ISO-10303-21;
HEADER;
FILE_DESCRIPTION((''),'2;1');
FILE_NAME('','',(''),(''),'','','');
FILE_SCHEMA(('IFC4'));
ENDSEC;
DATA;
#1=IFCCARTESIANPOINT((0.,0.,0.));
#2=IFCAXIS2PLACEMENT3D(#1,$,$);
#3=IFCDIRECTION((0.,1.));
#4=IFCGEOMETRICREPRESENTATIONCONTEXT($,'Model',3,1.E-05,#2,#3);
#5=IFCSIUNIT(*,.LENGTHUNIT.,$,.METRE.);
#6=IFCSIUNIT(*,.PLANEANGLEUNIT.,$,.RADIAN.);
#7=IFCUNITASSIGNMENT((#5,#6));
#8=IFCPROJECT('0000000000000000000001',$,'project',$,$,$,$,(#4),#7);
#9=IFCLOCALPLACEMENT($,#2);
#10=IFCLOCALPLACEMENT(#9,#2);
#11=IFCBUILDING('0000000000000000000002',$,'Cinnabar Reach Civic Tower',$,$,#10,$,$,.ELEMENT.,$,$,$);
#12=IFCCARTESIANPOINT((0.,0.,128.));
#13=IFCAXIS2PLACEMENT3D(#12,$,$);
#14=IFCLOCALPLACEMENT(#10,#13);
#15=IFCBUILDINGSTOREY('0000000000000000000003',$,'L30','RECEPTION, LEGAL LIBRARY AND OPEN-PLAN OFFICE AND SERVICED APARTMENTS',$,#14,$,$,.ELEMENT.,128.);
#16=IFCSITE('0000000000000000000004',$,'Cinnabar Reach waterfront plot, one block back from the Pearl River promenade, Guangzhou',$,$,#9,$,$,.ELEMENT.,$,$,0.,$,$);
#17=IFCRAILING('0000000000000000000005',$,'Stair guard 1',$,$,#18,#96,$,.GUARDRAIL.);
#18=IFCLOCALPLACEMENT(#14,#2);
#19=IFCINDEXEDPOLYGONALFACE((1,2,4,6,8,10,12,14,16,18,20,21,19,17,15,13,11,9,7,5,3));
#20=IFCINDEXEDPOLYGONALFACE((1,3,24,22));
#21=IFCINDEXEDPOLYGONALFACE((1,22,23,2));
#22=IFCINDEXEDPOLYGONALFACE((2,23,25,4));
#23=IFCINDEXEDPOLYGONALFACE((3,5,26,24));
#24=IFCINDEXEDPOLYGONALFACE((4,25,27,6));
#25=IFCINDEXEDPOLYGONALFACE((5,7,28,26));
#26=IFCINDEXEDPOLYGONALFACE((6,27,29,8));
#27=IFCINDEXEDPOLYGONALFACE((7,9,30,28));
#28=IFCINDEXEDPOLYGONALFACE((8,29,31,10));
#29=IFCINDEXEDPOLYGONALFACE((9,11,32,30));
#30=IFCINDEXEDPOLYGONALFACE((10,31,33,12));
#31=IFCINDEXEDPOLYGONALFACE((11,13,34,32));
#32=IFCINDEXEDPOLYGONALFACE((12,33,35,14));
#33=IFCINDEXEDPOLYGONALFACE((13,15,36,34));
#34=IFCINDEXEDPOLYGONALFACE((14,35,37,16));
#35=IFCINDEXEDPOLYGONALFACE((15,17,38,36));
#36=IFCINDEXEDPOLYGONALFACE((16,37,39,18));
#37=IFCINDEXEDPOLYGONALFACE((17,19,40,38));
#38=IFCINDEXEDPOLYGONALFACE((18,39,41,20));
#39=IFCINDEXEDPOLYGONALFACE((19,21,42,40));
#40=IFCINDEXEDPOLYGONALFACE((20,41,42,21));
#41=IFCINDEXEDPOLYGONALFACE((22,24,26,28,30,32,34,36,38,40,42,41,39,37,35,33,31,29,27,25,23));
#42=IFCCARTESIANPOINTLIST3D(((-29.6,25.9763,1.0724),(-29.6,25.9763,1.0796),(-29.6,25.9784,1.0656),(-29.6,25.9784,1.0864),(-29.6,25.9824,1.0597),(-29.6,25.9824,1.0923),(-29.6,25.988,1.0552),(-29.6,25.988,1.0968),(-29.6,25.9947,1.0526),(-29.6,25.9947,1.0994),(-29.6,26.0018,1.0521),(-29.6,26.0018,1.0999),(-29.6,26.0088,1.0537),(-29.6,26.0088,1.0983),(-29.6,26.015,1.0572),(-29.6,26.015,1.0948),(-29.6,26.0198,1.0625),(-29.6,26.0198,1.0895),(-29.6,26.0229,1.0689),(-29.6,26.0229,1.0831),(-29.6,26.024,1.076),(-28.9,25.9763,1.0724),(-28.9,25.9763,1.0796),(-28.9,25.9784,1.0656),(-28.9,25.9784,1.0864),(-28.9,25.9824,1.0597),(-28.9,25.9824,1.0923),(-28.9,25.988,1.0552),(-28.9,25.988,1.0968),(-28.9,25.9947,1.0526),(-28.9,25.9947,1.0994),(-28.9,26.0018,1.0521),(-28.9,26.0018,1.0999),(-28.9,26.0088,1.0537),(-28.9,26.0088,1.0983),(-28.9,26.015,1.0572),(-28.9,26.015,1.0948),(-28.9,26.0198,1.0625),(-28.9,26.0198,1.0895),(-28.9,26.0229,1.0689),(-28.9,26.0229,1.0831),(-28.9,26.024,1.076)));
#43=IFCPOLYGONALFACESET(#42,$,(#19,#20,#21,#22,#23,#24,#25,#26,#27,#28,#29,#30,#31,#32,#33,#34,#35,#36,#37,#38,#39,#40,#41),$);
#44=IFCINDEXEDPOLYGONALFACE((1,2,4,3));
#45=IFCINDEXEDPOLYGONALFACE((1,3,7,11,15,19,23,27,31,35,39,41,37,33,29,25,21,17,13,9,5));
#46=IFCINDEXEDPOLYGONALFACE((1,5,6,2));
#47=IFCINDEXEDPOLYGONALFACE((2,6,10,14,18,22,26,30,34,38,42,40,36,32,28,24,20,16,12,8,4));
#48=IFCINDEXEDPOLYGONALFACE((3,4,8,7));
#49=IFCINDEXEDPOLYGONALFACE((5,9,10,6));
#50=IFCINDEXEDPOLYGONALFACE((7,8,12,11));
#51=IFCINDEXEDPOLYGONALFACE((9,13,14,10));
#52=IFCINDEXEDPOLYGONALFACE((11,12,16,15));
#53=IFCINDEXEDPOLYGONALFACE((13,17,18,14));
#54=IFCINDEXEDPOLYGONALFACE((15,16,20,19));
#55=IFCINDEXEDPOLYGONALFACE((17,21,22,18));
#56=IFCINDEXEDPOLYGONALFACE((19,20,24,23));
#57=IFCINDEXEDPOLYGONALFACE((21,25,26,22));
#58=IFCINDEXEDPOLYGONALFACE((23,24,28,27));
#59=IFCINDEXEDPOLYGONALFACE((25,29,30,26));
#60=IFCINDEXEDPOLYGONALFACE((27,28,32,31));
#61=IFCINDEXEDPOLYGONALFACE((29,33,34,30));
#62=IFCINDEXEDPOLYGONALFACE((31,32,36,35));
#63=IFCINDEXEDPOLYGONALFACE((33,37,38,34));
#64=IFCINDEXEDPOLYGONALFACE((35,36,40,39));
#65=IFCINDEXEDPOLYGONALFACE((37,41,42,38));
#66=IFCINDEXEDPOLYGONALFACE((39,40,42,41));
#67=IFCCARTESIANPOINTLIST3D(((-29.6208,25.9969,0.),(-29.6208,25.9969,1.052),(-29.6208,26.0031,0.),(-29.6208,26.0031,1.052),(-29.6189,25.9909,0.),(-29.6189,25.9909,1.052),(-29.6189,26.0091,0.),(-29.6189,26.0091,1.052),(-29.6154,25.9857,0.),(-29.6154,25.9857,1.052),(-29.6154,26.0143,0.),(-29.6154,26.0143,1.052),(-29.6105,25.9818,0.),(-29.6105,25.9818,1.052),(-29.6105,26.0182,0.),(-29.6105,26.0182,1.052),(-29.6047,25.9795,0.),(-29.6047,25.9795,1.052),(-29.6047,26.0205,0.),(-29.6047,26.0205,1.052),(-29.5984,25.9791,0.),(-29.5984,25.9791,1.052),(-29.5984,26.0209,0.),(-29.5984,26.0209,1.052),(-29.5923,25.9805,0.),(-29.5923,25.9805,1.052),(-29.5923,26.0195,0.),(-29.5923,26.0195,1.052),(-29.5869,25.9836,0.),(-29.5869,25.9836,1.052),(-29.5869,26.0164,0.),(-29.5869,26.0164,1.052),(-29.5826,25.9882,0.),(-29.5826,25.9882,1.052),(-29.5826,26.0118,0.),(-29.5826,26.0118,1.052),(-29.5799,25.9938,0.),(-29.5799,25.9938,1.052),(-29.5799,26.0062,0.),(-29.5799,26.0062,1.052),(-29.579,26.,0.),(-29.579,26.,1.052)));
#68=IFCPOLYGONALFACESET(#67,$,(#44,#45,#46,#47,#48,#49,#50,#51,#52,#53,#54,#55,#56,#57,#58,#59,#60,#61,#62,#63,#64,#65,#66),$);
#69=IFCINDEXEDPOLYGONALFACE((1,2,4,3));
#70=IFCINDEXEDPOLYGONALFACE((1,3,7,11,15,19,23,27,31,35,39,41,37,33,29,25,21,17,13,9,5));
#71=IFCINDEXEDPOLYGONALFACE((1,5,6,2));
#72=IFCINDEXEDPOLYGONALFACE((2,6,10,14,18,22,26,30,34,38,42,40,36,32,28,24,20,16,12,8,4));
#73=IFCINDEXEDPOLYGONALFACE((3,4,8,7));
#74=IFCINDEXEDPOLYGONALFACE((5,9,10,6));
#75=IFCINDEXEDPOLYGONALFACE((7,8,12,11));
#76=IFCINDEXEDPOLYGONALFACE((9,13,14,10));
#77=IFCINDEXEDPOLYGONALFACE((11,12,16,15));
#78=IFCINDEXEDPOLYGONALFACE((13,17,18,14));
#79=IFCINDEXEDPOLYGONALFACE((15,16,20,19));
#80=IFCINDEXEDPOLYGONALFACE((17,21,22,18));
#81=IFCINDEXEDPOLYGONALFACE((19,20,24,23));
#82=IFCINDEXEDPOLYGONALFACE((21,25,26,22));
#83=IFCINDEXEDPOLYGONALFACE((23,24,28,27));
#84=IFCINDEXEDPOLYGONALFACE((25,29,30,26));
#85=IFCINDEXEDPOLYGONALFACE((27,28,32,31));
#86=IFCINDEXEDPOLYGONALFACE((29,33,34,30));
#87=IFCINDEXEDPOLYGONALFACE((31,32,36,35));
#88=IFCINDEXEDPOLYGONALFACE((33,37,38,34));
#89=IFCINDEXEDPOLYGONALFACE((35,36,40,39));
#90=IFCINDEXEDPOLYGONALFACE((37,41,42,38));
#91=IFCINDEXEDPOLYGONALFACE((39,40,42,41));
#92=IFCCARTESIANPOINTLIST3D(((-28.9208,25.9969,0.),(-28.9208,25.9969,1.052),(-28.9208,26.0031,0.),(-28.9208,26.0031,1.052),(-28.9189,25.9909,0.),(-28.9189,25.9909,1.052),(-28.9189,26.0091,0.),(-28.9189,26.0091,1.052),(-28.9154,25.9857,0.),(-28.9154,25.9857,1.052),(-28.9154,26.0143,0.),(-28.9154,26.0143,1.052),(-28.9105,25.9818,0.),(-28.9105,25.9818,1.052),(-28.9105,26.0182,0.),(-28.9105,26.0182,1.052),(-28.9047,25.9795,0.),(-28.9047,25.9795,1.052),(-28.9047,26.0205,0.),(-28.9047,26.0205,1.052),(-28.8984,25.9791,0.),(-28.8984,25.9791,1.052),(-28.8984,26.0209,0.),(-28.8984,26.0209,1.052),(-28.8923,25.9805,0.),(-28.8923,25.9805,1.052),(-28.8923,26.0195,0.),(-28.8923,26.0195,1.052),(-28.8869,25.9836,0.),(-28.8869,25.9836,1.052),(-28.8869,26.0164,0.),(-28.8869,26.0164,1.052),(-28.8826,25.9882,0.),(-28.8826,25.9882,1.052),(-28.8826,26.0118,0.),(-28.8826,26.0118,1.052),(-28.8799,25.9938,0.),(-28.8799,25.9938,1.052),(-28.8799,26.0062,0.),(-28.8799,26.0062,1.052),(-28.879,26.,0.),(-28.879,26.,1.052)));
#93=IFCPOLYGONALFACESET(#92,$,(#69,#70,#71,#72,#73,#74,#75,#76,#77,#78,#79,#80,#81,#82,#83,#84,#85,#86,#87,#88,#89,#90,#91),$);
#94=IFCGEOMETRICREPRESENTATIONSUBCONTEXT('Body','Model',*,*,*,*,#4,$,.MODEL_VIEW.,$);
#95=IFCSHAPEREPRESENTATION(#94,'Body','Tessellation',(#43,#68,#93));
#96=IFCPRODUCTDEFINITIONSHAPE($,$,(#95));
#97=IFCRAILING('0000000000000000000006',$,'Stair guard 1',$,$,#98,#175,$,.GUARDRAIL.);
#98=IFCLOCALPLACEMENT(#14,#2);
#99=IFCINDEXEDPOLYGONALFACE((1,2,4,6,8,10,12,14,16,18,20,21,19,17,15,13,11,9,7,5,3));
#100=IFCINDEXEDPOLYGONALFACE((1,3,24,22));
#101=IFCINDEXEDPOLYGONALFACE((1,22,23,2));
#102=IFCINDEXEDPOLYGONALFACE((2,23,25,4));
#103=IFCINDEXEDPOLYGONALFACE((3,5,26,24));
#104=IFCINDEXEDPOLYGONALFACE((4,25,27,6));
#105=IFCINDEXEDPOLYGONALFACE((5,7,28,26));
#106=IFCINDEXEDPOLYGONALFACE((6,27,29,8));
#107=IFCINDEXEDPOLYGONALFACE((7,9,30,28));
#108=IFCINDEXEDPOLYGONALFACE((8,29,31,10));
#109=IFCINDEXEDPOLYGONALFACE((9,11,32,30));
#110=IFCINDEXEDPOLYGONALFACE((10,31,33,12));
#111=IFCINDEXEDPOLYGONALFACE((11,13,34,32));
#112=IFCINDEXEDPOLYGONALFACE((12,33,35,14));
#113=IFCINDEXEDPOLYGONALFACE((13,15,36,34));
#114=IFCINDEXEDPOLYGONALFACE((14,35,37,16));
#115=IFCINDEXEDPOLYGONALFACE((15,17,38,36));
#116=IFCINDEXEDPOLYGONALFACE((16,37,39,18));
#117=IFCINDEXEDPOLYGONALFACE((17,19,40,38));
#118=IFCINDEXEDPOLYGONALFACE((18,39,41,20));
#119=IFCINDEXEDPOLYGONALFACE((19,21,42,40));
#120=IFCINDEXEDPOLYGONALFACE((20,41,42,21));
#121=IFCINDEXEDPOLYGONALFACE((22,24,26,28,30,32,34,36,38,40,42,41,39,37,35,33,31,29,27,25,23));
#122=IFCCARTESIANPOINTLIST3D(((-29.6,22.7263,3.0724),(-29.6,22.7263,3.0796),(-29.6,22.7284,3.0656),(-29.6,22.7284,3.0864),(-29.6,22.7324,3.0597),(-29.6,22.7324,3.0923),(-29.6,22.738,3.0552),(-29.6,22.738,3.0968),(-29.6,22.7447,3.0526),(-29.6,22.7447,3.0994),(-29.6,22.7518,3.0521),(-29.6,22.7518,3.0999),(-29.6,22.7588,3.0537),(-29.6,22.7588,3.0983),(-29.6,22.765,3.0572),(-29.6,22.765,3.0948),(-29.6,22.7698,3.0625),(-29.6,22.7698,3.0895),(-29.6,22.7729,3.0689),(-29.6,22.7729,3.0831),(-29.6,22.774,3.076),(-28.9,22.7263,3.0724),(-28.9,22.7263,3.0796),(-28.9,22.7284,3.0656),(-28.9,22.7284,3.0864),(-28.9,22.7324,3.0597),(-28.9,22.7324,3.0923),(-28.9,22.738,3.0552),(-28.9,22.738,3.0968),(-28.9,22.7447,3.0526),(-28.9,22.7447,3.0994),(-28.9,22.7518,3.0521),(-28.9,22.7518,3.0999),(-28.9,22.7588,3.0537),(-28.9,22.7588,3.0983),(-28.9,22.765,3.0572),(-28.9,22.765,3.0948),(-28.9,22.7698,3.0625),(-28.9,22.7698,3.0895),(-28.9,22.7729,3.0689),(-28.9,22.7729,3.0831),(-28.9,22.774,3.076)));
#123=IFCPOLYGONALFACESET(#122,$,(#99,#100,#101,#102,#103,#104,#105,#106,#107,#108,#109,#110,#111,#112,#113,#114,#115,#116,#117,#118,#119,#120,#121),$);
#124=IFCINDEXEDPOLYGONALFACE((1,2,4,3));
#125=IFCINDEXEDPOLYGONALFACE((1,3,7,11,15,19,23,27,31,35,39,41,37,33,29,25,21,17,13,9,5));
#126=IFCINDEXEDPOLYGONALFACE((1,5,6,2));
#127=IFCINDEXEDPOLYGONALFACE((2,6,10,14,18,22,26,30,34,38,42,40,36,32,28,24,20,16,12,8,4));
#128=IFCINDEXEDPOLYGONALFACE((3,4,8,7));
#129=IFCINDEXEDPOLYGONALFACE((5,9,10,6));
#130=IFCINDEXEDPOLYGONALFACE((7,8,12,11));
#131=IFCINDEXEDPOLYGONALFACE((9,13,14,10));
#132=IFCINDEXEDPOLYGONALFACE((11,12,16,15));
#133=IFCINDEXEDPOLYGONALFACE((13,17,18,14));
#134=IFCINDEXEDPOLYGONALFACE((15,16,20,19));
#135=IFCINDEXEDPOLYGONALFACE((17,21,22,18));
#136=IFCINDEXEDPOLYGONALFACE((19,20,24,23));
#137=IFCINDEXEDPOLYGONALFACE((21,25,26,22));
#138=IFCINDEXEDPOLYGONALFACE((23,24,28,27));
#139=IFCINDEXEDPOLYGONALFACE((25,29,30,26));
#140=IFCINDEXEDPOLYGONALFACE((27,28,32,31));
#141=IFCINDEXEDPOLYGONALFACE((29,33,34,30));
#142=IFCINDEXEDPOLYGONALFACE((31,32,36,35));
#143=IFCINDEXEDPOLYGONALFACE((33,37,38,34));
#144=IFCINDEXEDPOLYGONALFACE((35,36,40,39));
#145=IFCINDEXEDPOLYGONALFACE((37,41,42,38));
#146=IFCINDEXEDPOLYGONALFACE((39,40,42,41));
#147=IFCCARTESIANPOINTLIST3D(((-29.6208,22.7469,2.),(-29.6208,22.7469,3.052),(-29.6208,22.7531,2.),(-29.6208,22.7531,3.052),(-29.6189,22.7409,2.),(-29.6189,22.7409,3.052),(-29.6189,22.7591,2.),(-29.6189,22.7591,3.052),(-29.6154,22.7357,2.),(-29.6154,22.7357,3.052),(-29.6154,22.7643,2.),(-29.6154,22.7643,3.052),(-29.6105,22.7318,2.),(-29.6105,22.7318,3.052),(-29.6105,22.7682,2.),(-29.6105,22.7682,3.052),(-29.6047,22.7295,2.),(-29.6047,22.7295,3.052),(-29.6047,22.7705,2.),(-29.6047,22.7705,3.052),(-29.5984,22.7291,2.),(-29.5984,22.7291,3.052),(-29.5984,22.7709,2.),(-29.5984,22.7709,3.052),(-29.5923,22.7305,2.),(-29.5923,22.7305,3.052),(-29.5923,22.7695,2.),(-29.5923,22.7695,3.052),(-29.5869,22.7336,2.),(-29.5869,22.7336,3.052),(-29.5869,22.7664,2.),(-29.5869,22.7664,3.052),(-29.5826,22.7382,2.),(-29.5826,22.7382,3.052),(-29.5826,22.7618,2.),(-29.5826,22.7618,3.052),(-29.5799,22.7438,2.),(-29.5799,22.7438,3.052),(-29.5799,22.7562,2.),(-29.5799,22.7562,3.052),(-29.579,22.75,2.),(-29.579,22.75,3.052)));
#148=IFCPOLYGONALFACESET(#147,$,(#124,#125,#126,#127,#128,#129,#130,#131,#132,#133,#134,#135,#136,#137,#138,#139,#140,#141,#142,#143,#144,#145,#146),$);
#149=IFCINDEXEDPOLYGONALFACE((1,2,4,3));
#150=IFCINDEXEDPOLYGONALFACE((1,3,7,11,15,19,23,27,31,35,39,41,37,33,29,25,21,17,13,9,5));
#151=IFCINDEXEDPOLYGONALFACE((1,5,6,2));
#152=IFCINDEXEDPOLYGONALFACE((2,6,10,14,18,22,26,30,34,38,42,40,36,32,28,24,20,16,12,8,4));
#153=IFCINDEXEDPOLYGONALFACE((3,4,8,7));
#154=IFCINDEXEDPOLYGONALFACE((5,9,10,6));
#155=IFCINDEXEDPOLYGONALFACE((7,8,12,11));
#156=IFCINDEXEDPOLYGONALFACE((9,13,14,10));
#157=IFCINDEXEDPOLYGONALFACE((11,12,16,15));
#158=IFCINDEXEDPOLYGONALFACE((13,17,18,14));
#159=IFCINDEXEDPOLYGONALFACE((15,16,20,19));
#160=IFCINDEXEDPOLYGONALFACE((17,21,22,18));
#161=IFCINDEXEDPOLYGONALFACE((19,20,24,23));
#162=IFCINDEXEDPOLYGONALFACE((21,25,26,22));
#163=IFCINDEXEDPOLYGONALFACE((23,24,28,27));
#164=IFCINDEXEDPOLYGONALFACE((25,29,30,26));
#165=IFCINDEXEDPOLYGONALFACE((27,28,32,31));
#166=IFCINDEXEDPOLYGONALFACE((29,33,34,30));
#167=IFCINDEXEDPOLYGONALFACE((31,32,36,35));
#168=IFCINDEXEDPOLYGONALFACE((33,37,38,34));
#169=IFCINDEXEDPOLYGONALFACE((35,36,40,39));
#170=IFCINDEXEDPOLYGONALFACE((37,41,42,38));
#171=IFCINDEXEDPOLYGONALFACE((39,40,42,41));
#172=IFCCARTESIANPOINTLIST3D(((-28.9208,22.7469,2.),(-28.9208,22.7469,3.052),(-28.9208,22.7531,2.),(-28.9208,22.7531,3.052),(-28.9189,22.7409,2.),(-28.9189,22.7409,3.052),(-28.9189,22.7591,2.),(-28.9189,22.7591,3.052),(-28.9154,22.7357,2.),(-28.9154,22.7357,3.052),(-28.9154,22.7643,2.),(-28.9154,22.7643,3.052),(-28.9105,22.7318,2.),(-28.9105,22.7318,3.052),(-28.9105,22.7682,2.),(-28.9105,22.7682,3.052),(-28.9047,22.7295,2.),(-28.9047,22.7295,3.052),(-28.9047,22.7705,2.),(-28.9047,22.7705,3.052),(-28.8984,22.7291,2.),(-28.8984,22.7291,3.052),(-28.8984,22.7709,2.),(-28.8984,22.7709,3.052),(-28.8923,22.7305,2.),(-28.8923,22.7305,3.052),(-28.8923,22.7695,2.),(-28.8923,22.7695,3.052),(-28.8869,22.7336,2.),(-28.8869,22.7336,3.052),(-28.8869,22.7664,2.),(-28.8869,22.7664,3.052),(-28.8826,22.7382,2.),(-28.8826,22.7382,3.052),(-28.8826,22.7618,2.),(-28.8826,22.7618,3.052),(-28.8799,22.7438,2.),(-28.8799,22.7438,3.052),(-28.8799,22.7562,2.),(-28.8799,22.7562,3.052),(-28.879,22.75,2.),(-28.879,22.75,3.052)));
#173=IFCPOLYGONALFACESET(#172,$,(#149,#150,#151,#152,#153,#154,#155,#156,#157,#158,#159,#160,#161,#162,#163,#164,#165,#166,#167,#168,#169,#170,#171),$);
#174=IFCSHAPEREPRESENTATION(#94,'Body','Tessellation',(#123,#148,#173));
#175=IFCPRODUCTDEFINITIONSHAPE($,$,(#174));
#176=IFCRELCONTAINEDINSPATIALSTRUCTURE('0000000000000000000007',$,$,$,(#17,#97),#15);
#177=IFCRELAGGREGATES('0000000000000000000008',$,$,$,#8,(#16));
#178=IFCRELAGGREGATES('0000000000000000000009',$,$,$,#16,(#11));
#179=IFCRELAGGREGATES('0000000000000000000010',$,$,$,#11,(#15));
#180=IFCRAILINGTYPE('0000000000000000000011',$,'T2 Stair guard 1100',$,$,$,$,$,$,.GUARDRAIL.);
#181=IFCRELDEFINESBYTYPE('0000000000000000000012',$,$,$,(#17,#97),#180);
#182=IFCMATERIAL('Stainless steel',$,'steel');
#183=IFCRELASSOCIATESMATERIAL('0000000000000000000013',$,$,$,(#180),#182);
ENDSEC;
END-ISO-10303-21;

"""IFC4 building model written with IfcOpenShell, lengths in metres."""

from ifc_helpers import new_model, si_unit, direction, frame, origin, origin_2d, place, context, subcontext, project, spatial, circle, extrude, material, type_object, element, save


model = new_model("IFC4")

# Units and contexts
model_context = context("Model", 3, precision=1e-05, world=origin(), true_north=direction((0.0, 1.0)))
body_context = subcontext(model_context, "Body", "Model", "MODEL_VIEW")
ifc_project = project(units=[si_unit("LENGTHUNIT", "METRE"), si_unit("PLANEANGLEUNIT", "RADIAN")], contexts=[model_context])

# Site, building, storey
site_placement = place(None, origin())
site = spatial("IfcSite", under=ifc_project, at=site_placement, Name="Cinnabar Reach waterfront plot, one block back from the Pearl River promenade, Guangzhou", CompositionType="ELEMENT", RefElevation=0.0)
building_placement = place(site_placement, origin())
building = spatial("IfcBuilding", under=site, at=building_placement, Name="Cinnabar Reach Civic Tower", CompositionType="ELEMENT")
storey_placement = place(building_placement, frame((0.0, 0.0, 128.0)))
storey = spatial("IfcBuildingStorey", under=building, at=storey_placement, Name="L30", Description="RECEPTION, LEGAL LIBRARY AND OPEN-PLAN OFFICE AND SERVICED APARTMENTS", CompositionType="ELEMENT", Elevation=128.0)

# Railings
ifc_material_1 = material(Name="Stainless steel", Category="steel")
railing_type = type_object("IfcRailingType", Name="T2 Stair guard 1100", PredefinedType="GUARDRAIL", material=ifc_material_1)
for number, where, name in (
    (1, (-29.6, 26.0, 0.0), "Stair guard 1"),
    (2, (-29.6, 22.75, 2.0), "Stair guard 1"),
):
    element("IfcRailing", number, at=place(storey_placement, frame(where)), inside=storey, type_object=railing_type, Name=name, PredefinedType="GUARDRAIL", context=body_context, shape_type="SweptSolid", body=[
        extrude(circle(Radius=0.024, at=origin_2d()), frame((0.0, 0.0, 1.076), z_axis=(1.0, 0.0, 0.0), x_axis=(0.0, 1.0, 0.0)), (0.0, 0.0, 1.0), 0.7),
        extrude(circle(Radius=0.021, at=origin_2d()), origin(), (0.0, 0.0, 1.0), 1.052),
        extrude(circle(Radius=0.021, at=origin_2d()), frame((0.7, 0.0, 0.0)), (0.0, 0.0, 1.0), 1.052),
    ])

save(model, "model.ifc")
